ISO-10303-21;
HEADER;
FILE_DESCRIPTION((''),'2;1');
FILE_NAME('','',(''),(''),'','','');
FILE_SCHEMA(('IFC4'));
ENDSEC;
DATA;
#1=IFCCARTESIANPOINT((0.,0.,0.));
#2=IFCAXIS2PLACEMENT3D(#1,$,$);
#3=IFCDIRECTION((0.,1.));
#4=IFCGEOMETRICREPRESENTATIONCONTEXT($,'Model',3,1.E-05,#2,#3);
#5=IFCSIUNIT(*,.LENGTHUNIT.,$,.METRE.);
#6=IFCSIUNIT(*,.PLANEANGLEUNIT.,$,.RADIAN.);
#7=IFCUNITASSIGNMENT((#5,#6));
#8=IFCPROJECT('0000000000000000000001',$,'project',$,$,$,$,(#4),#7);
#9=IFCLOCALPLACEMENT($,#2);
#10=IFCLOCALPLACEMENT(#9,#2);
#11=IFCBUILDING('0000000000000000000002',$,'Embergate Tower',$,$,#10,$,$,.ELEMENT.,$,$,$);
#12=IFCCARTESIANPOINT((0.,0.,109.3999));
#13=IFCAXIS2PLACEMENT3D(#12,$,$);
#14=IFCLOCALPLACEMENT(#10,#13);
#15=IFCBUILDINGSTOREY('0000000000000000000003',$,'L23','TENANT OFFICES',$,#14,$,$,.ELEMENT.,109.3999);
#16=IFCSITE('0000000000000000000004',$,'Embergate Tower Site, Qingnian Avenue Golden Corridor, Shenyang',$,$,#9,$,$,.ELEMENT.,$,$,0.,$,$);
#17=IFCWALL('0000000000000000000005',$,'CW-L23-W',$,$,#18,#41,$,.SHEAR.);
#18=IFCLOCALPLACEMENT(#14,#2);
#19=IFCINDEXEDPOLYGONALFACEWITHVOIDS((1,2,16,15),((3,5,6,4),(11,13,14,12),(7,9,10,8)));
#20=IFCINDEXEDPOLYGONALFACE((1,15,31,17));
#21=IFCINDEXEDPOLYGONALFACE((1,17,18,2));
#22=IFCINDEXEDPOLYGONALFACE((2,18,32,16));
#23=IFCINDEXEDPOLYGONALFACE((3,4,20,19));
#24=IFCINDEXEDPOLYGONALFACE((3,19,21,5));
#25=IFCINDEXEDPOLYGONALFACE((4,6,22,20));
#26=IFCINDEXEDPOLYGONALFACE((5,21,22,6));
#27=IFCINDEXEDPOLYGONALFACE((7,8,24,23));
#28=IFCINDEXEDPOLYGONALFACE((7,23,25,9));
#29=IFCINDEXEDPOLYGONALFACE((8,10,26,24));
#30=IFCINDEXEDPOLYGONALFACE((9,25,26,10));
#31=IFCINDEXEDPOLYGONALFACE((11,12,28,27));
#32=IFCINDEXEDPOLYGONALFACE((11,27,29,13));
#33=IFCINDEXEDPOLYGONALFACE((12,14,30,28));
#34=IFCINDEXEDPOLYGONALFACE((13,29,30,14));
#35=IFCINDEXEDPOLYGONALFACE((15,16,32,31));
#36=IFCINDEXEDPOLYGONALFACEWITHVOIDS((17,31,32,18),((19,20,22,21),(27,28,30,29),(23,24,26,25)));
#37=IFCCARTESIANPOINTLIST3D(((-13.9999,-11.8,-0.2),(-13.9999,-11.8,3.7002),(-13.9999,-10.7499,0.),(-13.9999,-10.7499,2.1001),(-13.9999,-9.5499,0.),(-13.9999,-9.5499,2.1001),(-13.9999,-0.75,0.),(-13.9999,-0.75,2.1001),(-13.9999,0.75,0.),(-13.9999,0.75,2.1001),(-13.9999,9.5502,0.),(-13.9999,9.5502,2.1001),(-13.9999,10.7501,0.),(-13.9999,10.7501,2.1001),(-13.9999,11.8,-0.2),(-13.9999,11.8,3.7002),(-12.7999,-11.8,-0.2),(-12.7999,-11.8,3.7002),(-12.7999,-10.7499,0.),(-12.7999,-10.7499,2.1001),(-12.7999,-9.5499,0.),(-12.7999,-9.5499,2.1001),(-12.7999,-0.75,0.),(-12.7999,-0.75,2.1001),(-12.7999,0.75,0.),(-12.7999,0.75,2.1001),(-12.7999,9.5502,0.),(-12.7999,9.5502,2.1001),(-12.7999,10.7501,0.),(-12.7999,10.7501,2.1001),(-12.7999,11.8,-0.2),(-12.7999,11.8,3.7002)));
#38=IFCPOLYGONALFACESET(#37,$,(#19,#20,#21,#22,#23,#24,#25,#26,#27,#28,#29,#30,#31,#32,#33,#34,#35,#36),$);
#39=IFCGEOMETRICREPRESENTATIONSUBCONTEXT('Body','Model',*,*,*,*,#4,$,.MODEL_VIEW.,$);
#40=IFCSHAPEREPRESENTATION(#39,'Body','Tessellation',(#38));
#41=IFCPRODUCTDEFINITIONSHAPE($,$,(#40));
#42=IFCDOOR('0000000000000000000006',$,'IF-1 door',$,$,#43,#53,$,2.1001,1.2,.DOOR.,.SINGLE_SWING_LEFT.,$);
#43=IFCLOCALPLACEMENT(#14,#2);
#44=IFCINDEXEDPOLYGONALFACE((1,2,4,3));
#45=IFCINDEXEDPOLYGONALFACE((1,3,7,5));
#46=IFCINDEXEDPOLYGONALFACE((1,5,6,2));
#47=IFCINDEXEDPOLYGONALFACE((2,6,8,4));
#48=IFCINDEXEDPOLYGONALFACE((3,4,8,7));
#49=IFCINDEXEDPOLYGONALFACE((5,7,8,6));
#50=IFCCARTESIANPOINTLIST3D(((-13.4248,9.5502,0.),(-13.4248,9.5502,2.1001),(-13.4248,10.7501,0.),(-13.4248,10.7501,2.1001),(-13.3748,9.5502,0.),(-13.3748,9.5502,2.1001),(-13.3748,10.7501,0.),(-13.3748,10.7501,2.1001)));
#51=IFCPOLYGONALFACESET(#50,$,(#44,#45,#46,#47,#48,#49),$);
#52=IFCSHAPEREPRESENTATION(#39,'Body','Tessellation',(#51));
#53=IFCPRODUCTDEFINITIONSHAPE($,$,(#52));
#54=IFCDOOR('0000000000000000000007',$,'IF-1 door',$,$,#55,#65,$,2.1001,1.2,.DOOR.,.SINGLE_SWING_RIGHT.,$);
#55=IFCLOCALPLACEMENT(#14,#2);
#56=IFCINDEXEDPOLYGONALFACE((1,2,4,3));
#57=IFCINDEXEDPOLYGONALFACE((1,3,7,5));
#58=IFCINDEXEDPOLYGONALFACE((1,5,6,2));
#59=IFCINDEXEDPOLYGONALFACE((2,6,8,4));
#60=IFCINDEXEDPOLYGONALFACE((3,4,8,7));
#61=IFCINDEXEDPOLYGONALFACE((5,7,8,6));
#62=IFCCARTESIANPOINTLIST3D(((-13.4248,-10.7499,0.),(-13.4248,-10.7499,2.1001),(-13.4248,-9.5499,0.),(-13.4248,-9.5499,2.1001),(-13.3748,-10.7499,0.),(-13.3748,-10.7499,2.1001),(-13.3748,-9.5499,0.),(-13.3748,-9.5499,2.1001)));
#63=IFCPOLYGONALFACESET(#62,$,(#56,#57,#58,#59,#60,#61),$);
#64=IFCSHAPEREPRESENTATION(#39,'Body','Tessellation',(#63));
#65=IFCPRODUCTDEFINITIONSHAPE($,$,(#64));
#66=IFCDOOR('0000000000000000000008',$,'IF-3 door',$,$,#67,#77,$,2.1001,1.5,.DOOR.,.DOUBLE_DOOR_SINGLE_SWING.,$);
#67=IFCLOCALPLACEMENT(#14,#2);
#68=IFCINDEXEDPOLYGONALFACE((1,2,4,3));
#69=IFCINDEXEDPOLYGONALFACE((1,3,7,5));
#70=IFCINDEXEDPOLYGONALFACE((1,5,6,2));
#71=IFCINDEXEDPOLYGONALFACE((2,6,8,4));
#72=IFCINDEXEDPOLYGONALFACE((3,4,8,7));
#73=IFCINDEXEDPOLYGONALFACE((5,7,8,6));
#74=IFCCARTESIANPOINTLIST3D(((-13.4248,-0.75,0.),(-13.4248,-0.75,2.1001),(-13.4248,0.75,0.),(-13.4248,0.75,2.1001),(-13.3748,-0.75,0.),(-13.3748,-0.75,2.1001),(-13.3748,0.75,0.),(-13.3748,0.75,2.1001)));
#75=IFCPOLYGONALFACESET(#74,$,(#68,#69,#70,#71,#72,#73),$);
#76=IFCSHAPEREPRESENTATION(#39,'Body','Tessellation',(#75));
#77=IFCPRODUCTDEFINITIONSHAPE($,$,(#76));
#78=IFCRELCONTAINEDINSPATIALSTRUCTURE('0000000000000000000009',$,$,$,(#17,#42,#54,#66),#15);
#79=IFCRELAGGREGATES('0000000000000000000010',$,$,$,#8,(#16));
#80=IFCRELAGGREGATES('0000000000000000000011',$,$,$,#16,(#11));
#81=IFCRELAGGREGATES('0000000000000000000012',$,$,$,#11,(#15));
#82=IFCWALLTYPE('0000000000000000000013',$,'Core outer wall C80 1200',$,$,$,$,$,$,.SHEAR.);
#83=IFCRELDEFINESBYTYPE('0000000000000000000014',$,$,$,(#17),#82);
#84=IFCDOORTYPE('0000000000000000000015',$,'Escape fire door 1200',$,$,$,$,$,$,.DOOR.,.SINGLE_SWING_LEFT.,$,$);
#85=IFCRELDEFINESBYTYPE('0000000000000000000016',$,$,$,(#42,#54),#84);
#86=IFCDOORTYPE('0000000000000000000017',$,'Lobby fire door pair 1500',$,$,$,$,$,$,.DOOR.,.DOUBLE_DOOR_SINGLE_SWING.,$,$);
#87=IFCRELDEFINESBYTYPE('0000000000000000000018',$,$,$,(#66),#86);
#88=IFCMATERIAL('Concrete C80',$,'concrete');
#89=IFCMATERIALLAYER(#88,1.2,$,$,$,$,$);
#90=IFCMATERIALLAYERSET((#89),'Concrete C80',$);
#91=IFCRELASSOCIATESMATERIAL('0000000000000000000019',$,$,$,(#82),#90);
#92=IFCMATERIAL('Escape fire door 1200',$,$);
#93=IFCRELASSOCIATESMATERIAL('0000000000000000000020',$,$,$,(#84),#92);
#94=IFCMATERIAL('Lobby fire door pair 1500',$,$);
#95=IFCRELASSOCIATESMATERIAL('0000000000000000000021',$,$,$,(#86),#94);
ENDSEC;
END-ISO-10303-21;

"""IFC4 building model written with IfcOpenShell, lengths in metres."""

from ifc_helpers import new_model, si_unit, direction, frame, frame_2d, origin, place, context, subcontext, project, spatial, rectangle, extrude, source, transform, mapped, material, layer, layer_set, type_object, element, fill, save


model = new_model("IFC4")

# Units and contexts
model_context = context("Model", 3, precision=1e-05, world=origin(), true_north=direction((0.0, 1.0)))
body_context = subcontext(model_context, "Body", "Model", "MODEL_VIEW")
ifc_project = project(units=[si_unit("LENGTHUNIT", "METRE"), si_unit("PLANEANGLEUNIT", "RADIAN")], contexts=[model_context])

# Site, building, storey
site_placement = place(None, origin())
site = spatial("IfcSite", under=ifc_project, at=site_placement, Name="Embergate Tower Site, Qingnian Avenue Golden Corridor, Shenyang", CompositionType="ELEMENT", RefElevation=0.0)
building_placement = place(site_placement, origin())
building = spatial("IfcBuilding", under=site, at=building_placement, Name="Embergate Tower", CompositionType="ELEMENT")
storey_placement = place(building_placement, frame((0.0, 0.0, 109.3999)))
storey = spatial("IfcBuildingStorey", under=building, at=storey_placement, Name="L23", Description="TENANT OFFICES", CompositionType="ELEMENT", Elevation=109.3999)

# Shared definitions
ifc_material_1 = material(Name="Concrete C80", Category="concrete")
ifc_layer_1 = layer(ifc_material_1, 1.2)
ifc_layer_set_1 = layer_set([ifc_layer_1], Name="Concrete C80")
wall_type_1 = type_object("IfcWallType", Name="Core outer wall C80 1200", PredefinedType="SHEAR", material=ifc_layer_set_1)

# Wall, openings, doors
shared_shape_1 = source(origin(), body_context, "Body", "SweptSolid", [
    extrude(rectangle(XDim=23.6001, YDim=1.2, at=frame_2d((11.8, 0.0))), origin(), (0.0, 0.0, 1.0), 3.9001),
])
wall_1_placement = place(storey_placement, frame((-13.3999, -11.8, -0.2), z_axis=(0.0, 0.0, 1.0), x_axis=(0.0, 1.0, 0.0)))
wall_1 = element("IfcWall", 1, at=wall_1_placement, inside=storey, type_object=wall_type_1, Name="CW-L23-W", PredefinedType="SHEAR", context=body_context, shape_type="MappedRepresentation", body=[
    mapped(shared_shape_1, transform((0.0, 0.0, 0.0))),
])
shared_shape_2 = source(origin(), body_context, "Body", "SweptSolid", [
    extrude(rectangle(XDim=1.2, YDim=2.1001, at=frame_2d((0.6001, 1.05))), frame((0.0, 0.6099, 0.0), z_axis=(0.0, -1.0, 0.0), x_axis=(1.0, 0.0, 0.0)), (0.0, 0.0, 1.0), 1.22),
])
opening_1_placement = place(wall_1_placement, frame((21.3501, 0.0, 0.2)))
opening_1 = element("IfcOpeningElement", 2, at=opening_1_placement, cuts=wall_1, PredefinedType="OPENING", context=body_context, shape_type="MappedRepresentation", body=[
    mapped(shared_shape_2, transform((0.0, 0.0, 0.0))),
])
opening_2_placement = place(wall_1_placement, frame((1.05, 0.0, 0.2)))
opening_2 = element("IfcOpeningElement", 3, at=opening_2_placement, cuts=wall_1, PredefinedType="OPENING", context=body_context, shape_type="MappedRepresentation", body=[
    mapped(shared_shape_2, transform((0.0, 0.0, 0.0))),
])
shared_shape_3 = source(origin(), body_context, "Body", "SweptSolid", [
    extrude(rectangle(XDim=1.5, YDim=2.1001, at=frame_2d((0.75, 1.05))), frame((0.0, 0.6099, 0.0), z_axis=(0.0, -1.0, 0.0), x_axis=(1.0, 0.0, 0.0)), (0.0, 0.0, 1.0), 1.22),
])
opening_3_placement = place(wall_1_placement, frame((11.05, 0.0, 0.2)))
opening_3 = element("IfcOpeningElement", 4, at=opening_3_placement, cuts=wall_1, PredefinedType="OPENING", context=body_context, shape_type="MappedRepresentation", body=[
    mapped(shared_shape_3, transform((0.0, 0.0, 0.0))),
])
ifc_material_2 = material(Name="Escape fire door 1200")
door_type_1 = type_object("IfcDoorType", Name="Escape fire door 1200", OperationType="SINGLE_SWING_LEFT", PredefinedType="DOOR", material=ifc_material_2)
shared_shape_4 = source(origin(), body_context, "Body", "SweptSolid", [
    extrude(rectangle(XDim=1.2, YDim=2.1001, at=frame_2d((0.6001, 1.05))), frame((0.0, 0.0249, 0.0), z_axis=(0.0, -1.0, 0.0), x_axis=(1.0, 0.0, 0.0)), (0.0, 0.0, 1.0), 0.05),
])
door_1_placement = place(opening_1_placement, origin())
door_1 = element("IfcDoor", 5, at=door_1_placement, inside=storey, type_object=door_type_1, Name="IF-1 door", OperationType="SINGLE_SWING_LEFT", OverallHeight=2.1001, OverallWidth=1.2, PredefinedType="DOOR", context=body_context, shape_type="MappedRepresentation", body=[
    mapped(shared_shape_4, transform((0.0, 0.0, 0.0))),
])
fill(opening_1, door_1)
door_2_placement = place(opening_2_placement, origin())
door_2 = element("IfcDoor", 6, at=door_2_placement, inside=storey, type_object=door_type_1, Name="IF-1 door", OperationType="SINGLE_SWING_RIGHT", OverallHeight=2.1001, OverallWidth=1.2, PredefinedType="DOOR", context=body_context, shape_type="MappedRepresentation", body=[
    mapped(shared_shape_4, transform((0.0, 0.0, 0.0))),
])
fill(opening_2, door_2)
ifc_material_3 = material(Name="Lobby fire door pair 1500")
door_type_2 = type_object("IfcDoorType", Name="Lobby fire door pair 1500", OperationType="DOUBLE_DOOR_SINGLE_SWING", PredefinedType="DOOR", material=ifc_material_3)
shared_shape_5 = source(origin(), body_context, "Body", "SweptSolid", [
    extrude(rectangle(XDim=1.5, YDim=2.1001, at=frame_2d((0.75, 1.05))), frame((0.0, 0.0249, 0.0), z_axis=(0.0, -1.0, 0.0), x_axis=(1.0, 0.0, 0.0)), (0.0, 0.0, 1.0), 0.05),
])
door_3_placement = place(opening_3_placement, origin())
door_3 = element("IfcDoor", 7, at=door_3_placement, inside=storey, type_object=door_type_2, Name="IF-3 door", OperationType="DOUBLE_DOOR_SINGLE_SWING", OverallHeight=2.1001, OverallWidth=1.5, PredefinedType="DOOR", context=body_context, shape_type="MappedRepresentation", body=[
    mapped(shared_shape_5, transform((0.0, 0.0, 0.0))),
])
fill(opening_3, door_3)

save(model, "model.ifc")
